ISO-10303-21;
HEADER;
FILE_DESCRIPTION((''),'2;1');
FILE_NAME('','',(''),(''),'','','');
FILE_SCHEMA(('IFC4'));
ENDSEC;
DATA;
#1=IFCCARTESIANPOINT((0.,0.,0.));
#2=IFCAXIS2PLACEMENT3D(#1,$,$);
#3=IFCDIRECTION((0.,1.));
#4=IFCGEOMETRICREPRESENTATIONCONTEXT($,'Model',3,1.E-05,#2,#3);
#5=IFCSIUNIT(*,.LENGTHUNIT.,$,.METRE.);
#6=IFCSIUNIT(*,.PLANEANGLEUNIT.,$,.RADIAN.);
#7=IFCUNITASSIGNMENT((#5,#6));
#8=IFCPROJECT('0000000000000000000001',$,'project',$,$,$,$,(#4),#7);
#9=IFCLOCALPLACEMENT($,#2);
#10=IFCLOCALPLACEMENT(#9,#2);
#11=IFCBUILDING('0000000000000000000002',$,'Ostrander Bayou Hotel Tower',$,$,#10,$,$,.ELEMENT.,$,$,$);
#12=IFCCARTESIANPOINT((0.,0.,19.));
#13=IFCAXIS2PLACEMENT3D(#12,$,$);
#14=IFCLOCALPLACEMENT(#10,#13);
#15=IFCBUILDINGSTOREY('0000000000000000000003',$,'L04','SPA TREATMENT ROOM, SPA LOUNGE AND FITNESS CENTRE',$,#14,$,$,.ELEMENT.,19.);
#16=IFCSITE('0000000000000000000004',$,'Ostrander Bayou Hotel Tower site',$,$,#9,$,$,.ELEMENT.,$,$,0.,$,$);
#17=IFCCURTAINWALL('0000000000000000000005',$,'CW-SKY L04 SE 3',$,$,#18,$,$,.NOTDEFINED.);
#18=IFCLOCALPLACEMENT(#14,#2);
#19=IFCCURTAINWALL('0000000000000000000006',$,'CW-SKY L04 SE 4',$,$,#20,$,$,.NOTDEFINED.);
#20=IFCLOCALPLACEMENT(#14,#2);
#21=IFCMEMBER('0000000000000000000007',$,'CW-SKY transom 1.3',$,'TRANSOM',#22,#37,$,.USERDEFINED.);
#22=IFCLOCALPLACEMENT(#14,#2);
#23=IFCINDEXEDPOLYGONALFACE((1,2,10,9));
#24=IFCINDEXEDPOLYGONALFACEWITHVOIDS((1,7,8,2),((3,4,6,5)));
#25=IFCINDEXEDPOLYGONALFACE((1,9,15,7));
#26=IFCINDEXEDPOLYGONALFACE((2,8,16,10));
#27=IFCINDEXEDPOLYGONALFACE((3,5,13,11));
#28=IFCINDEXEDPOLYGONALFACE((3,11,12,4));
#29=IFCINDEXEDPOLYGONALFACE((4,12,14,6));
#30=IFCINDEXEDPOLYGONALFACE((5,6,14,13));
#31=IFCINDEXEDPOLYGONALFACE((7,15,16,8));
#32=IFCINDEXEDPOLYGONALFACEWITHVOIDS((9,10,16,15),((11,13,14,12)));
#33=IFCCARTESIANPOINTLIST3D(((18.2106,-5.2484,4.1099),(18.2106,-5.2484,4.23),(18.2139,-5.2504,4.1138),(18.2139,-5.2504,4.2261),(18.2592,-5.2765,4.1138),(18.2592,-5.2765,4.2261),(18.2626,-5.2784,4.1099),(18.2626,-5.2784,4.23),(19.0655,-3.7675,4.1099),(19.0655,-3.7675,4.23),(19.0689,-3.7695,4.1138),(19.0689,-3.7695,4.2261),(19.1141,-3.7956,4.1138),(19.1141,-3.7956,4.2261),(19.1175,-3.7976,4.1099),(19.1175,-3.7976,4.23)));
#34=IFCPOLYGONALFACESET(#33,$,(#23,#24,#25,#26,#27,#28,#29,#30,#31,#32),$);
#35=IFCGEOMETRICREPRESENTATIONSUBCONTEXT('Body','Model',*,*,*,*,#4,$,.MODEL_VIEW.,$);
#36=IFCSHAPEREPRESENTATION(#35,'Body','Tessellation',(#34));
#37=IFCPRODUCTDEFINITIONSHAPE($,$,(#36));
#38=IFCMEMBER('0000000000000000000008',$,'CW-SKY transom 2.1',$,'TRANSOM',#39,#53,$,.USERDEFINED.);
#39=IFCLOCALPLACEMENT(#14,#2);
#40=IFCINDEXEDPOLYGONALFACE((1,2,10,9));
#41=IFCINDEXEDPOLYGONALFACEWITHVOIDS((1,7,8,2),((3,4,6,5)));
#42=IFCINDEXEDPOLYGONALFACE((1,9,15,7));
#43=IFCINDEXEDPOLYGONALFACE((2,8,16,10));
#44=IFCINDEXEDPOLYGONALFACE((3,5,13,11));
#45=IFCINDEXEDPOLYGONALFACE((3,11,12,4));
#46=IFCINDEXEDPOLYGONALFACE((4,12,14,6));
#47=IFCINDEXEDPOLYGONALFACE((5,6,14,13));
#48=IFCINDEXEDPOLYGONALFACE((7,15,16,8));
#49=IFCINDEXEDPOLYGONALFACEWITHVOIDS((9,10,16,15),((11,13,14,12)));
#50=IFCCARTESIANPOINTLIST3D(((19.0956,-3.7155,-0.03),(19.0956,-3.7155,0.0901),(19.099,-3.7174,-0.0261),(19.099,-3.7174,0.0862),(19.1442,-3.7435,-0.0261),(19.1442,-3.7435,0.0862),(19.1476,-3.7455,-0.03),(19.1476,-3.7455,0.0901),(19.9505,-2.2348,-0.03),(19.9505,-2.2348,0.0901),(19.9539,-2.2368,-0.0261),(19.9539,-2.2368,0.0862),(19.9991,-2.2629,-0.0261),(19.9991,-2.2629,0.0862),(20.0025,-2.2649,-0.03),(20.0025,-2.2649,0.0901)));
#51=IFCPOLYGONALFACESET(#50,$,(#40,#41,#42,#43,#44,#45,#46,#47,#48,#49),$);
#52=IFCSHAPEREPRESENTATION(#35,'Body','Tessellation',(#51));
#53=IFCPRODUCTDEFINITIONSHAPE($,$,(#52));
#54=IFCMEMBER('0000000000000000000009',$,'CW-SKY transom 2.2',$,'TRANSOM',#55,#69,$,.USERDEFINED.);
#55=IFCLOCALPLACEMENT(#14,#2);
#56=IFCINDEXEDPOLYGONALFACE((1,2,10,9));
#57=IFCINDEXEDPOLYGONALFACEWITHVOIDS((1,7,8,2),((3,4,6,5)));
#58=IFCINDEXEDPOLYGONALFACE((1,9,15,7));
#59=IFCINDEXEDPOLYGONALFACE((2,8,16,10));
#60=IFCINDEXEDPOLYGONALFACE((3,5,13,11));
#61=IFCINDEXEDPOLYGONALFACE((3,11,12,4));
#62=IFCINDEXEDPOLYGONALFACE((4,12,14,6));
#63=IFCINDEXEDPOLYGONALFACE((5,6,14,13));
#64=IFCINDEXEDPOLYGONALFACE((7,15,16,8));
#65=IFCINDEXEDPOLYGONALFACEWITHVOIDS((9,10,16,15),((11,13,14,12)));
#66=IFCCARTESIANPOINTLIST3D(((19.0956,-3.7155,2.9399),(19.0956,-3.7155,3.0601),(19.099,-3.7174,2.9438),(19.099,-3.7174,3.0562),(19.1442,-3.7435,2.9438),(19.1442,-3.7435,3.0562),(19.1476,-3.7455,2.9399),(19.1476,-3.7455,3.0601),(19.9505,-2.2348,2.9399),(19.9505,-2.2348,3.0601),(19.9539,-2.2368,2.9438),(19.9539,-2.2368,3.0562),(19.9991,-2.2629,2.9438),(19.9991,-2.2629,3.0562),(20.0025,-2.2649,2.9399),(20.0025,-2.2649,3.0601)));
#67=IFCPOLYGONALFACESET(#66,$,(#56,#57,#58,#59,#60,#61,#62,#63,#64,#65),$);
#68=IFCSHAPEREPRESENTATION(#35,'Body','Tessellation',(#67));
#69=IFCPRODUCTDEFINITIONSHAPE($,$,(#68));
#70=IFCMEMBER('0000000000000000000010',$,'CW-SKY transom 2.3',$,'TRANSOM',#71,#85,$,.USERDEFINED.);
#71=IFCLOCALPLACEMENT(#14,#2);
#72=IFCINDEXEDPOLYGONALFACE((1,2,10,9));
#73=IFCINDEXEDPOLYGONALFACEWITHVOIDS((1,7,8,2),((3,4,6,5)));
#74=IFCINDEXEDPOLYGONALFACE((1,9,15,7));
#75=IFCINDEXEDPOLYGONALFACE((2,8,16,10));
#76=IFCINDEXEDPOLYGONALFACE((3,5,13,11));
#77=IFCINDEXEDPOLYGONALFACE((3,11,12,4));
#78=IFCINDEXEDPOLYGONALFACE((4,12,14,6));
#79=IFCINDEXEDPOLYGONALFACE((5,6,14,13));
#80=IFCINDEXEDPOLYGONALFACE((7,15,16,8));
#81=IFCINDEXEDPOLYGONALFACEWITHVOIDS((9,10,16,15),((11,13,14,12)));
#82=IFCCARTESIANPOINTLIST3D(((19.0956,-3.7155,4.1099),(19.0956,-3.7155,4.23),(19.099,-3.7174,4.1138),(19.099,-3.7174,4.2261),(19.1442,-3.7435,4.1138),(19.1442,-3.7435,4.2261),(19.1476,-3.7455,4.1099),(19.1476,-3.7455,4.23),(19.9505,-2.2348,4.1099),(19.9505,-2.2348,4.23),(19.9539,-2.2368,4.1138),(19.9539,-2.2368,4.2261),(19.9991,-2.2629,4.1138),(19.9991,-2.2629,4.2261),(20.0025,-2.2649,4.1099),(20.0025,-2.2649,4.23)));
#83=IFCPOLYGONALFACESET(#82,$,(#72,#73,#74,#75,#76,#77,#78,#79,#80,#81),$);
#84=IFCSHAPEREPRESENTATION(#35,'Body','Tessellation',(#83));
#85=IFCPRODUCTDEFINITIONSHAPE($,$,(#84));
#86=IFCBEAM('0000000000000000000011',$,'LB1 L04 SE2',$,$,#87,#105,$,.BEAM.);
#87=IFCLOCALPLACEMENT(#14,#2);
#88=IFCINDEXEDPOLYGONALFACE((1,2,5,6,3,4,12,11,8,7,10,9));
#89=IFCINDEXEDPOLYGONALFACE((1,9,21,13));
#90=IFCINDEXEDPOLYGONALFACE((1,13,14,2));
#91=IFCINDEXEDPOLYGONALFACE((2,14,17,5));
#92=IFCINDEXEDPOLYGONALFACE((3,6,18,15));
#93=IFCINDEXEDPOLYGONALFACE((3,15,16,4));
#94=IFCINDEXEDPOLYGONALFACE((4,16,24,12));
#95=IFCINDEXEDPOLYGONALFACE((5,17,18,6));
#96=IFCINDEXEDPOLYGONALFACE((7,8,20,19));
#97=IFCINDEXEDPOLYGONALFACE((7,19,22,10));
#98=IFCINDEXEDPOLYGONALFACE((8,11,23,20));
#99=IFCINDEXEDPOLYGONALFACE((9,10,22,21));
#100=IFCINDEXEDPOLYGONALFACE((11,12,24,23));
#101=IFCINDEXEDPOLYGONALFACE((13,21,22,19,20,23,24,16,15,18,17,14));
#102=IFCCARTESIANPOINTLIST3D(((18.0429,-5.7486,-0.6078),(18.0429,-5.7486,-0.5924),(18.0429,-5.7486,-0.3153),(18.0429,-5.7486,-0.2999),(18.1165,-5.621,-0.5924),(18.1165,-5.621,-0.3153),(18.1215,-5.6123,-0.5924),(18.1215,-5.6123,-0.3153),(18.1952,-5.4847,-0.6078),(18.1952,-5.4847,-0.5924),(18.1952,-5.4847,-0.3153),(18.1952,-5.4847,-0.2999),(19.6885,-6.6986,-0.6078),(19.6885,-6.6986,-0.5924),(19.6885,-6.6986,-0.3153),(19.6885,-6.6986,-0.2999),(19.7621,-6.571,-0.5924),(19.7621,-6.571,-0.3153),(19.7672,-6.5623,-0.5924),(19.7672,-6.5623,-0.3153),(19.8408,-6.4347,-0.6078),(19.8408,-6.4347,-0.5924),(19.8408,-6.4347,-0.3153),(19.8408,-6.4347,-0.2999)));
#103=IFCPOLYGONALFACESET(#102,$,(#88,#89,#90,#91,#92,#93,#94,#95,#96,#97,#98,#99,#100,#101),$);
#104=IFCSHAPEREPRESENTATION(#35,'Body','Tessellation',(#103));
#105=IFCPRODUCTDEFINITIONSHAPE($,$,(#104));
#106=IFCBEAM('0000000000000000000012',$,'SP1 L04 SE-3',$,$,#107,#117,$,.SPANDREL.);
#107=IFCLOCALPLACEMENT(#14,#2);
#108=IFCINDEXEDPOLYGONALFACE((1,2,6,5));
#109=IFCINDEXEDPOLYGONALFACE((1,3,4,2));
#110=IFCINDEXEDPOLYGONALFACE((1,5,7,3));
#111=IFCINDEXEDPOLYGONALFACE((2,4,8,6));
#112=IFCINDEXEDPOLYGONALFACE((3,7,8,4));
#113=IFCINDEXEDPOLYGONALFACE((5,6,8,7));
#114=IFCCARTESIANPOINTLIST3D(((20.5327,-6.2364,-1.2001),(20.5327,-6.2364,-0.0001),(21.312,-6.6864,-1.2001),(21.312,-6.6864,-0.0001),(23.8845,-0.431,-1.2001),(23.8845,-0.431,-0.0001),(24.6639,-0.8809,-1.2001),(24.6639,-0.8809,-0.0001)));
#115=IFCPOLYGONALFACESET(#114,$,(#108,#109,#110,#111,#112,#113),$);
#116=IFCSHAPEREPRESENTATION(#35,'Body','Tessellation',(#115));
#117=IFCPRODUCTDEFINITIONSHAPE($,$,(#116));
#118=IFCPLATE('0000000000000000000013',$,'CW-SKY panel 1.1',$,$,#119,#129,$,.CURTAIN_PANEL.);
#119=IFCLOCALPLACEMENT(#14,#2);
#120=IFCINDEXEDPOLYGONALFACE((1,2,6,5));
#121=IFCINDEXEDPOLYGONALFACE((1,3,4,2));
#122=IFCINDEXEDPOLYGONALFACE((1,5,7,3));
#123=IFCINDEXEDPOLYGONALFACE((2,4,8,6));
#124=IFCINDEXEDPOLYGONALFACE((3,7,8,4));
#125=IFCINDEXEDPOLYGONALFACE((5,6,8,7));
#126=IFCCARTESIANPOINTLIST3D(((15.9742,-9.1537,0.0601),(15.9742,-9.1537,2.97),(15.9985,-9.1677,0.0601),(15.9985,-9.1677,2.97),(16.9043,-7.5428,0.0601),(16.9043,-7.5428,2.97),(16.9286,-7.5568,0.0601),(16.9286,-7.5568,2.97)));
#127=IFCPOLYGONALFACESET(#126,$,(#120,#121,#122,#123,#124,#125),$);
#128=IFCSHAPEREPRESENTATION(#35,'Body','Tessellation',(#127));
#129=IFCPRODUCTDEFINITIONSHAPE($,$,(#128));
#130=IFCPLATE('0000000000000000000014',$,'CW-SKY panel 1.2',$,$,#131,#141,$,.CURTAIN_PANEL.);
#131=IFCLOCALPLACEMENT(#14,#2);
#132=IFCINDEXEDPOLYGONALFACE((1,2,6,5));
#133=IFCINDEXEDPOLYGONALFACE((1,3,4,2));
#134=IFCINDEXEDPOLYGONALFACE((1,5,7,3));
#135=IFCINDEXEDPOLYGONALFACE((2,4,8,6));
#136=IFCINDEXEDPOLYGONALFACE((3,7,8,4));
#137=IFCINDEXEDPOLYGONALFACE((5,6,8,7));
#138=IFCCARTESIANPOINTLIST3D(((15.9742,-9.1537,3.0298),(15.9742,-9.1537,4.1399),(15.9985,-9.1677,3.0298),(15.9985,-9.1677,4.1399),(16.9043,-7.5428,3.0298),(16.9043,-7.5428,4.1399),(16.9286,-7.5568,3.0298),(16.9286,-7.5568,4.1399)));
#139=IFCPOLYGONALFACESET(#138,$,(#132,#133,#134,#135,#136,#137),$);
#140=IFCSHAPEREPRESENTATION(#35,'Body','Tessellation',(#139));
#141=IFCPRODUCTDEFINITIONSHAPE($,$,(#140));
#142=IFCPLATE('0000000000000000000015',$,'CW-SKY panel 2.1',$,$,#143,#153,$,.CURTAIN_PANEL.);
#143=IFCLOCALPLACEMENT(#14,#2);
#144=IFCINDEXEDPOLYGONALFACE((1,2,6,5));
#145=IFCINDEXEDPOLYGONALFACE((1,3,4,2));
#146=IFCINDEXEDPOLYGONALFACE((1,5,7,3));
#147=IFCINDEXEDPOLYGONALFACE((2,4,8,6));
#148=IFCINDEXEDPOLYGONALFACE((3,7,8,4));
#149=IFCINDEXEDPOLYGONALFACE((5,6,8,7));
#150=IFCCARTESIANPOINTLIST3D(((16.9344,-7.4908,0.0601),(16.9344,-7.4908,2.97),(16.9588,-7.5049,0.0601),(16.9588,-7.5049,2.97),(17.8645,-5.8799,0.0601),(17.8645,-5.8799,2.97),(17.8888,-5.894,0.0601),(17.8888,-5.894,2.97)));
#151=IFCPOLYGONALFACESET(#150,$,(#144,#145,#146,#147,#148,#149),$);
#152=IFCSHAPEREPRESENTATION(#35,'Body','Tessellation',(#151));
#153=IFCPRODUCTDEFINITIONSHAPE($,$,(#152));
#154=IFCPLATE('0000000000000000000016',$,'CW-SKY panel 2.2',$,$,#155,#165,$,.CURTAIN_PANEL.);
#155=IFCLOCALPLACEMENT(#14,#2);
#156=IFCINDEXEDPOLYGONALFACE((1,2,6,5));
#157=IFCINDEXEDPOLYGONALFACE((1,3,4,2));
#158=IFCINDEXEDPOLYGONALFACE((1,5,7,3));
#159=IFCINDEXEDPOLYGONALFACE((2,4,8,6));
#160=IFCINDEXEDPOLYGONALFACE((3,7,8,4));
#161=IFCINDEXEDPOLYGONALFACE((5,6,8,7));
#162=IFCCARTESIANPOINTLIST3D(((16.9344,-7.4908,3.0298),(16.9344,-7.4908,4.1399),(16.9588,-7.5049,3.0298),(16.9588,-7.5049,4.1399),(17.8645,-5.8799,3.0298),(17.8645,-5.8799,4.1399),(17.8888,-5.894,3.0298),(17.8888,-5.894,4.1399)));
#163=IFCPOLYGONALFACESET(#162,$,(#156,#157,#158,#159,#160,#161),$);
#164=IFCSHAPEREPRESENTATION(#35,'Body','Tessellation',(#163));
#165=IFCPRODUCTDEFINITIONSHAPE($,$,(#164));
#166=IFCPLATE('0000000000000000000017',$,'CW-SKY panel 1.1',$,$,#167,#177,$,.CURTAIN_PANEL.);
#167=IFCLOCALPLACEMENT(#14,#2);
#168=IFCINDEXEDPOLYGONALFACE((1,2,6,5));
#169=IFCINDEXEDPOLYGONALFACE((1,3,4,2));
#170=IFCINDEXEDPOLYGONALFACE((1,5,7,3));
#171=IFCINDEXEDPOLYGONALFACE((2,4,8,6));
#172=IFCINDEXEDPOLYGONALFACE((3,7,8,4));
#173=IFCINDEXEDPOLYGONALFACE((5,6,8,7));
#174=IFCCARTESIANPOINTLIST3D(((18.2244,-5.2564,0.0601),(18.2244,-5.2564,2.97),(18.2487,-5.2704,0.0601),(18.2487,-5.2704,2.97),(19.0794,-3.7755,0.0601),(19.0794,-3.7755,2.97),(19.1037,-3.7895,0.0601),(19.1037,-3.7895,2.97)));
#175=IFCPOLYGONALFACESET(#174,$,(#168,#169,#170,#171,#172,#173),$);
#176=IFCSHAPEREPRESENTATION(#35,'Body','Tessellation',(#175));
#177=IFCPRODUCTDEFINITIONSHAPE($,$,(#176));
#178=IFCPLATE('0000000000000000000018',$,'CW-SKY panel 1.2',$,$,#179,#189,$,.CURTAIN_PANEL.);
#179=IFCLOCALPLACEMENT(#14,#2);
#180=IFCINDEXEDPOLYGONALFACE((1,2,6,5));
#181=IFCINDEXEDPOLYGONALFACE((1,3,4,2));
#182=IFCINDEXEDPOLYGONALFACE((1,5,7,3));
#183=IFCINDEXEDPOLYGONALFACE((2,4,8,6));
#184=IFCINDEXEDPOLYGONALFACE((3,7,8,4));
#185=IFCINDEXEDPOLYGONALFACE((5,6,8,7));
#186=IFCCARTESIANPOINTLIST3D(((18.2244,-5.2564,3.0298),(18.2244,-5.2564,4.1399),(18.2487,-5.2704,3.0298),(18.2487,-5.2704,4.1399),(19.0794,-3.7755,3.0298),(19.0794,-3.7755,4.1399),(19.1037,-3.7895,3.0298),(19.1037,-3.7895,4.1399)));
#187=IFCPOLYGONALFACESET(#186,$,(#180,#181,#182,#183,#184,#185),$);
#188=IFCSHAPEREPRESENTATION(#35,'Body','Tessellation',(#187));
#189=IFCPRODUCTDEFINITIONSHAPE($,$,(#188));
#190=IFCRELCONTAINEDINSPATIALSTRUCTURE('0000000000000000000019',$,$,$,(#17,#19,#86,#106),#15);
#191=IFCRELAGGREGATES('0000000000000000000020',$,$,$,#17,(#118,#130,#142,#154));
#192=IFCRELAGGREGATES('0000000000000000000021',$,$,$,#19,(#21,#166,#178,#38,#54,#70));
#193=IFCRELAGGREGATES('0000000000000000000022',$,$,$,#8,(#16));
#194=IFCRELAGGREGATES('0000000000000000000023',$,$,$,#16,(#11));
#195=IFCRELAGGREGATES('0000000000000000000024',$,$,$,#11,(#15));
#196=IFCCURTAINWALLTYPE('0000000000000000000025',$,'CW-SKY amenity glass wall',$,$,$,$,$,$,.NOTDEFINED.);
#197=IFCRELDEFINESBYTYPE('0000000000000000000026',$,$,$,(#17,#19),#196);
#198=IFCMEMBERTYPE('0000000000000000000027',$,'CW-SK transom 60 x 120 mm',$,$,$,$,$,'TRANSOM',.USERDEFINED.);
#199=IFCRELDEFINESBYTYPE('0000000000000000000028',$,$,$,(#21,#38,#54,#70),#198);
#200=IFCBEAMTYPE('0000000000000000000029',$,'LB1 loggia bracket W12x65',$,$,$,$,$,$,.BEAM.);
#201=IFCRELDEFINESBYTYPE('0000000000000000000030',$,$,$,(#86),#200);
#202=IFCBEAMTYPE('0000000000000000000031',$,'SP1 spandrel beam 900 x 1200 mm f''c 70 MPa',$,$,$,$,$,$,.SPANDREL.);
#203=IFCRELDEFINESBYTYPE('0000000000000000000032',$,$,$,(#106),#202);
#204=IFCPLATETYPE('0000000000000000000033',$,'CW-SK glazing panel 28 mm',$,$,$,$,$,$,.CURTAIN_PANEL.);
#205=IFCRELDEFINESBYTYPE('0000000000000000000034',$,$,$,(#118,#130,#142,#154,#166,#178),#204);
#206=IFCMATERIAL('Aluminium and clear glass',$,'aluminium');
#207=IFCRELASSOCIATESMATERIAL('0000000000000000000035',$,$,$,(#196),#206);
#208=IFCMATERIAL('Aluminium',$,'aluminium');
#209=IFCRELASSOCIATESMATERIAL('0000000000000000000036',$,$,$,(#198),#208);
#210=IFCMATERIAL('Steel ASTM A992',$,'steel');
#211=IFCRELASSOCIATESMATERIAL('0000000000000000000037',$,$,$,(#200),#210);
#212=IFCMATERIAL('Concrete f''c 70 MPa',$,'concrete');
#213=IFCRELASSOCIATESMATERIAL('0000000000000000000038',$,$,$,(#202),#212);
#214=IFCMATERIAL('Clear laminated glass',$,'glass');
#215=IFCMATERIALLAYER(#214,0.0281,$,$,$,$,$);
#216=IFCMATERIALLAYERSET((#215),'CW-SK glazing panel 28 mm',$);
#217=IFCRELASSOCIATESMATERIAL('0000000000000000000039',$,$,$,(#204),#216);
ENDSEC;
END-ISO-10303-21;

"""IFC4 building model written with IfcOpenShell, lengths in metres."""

from ifc_helpers import new_model, si_unit, direction, frame, origin, origin_2d, place, context, subcontext, project, spatial, rectangle, hollow_rectangle, i_section, extrude, material, layer, layer_set, material_profile, profile_set, type_object, element, aggregate, save


model = new_model("IFC4")

# Units and contexts
model_context = context("Model", 3, precision=1e-05, world=origin(), true_north=direction((0.0, 1.0)))
body_context = subcontext(model_context, "Body", "Model", "MODEL_VIEW")
ifc_project = project(units=[si_unit("LENGTHUNIT", "METRE"), si_unit("PLANEANGLEUNIT", "RADIAN")], contexts=[model_context])

# Site, building, storey
site_placement = place(None, origin())
site = spatial("IfcSite", under=ifc_project, at=site_placement, Name="Ostrander Bayou Hotel Tower site", CompositionType="ELEMENT", RefElevation=0.0)
building_placement = place(site_placement, origin())
building = spatial("IfcBuilding", under=site, at=building_placement, Name="Ostrander Bayou Hotel Tower", CompositionType="ELEMENT")
storey_placement = place(building_placement, frame((0.0, 0.0, 19.0)))
storey = spatial("IfcBuildingStorey", under=building, at=storey_placement, Name="L04", Description="SPA TREATMENT ROOM, SPA LOUNGE AND FITNESS CENTRE", CompositionType="ELEMENT", Elevation=19.0)

# Curtain walls
ifc_material_1 = material(Name="Aluminium and clear glass", Category="aluminium")
curtain_wall_type = type_object("IfcCurtainWallType", Name="CW-SKY amenity glass wall", PredefinedType="NOTDEFINED", material=ifc_material_1)
curtain_wall_1_placement = place(storey_placement, origin())
curtain_wall_1 = element("IfcCurtainWall", 1, at=curtain_wall_1_placement, inside=storey, type_object=curtain_wall_type, Name="CW-SKY L04 SE 3", PredefinedType="NOTDEFINED")
curtain_wall_2_placement = place(storey_placement, origin())
curtain_wall_2 = element("IfcCurtainWall", 2, at=curtain_wall_2_placement, inside=storey, type_object=curtain_wall_type, Name="CW-SKY L04 SE 4", PredefinedType="NOTDEFINED")

# Members
ifc_material_2 = material(Name="Aluminium", Category="aluminium")
ifc_material_profile_1 = material_profile(ifc_material_2, hollow_rectangle(XDim=0.0601, YDim=0.1201, WallThickness=0.0039, at=origin_2d()))
ifc_profile_set_1 = profile_set([ifc_material_profile_1], Name="Aluminium")
member_type_1 = type_object("IfcMemberType", Name="CW-SK transom 60 x 120 mm", ElementType="TRANSOM", PredefinedType="USERDEFINED", material=ifc_profile_set_1)
member_1_placement = place(storey_placement, frame((18.2366, -5.2634, 4.1699), z_axis=(0.499978, 0.866038, 0.0), x_axis=(-0.866038, 0.499978, 0.0)))
member_1 = element("IfcMember", 3, at=member_1_placement, type_object=member_type_1, Name="CW-SKY transom 1.3", ObjectType="TRANSOM", PredefinedType="USERDEFINED", context=body_context, shape_type="SweptSolid", body=[
    extrude(hollow_rectangle(XDim=0.0601, YDim=0.1201, WallThickness=0.0039, at=origin_2d()), origin(), (0.0, 0.0, 1.0), 1.71),
])
member_2_placement = place(storey_placement, frame((19.1216, -3.7305, 0.03), z_axis=(0.50004, 0.866002, 0.0), x_axis=(-0.866002, 0.50004, 0.0)))
member_2 = element("IfcMember", 4, at=member_2_placement, type_object=member_type_1, Name="CW-SKY transom 2.1", ObjectType="TRANSOM", PredefinedType="USERDEFINED", context=body_context, shape_type="SweptSolid", body=[
    extrude(hollow_rectangle(XDim=0.0601, YDim=0.1201, WallThickness=0.0039, at=origin_2d()), origin(), (0.0, 0.0, 1.0), 1.7097),
])
member_3_placement = place(storey_placement, frame((19.1216, -3.7305, 3.0), z_axis=(0.50004, 0.866002, 0.0), x_axis=(-0.866002, 0.50004, 0.0)))
member_3 = element("IfcMember", 5, at=member_3_placement, type_object=member_type_1, Name="CW-SKY transom 2.2", ObjectType="TRANSOM", PredefinedType="USERDEFINED", context=body_context, shape_type="SweptSolid", body=[
    extrude(hollow_rectangle(XDim=0.0601, YDim=0.1201, WallThickness=0.0039, at=origin_2d()), origin(), (0.0, 0.0, 1.0), 1.7097),
])
member_4_placement = place(storey_placement, frame((19.1216, -3.7305, 4.1699), z_axis=(0.50004, 0.866002, 0.0), x_axis=(-0.866002, 0.50004, 0.0)))
member_4 = element("IfcMember", 6, at=member_4_placement, type_object=member_type_1, Name="CW-SKY transom 2.3", ObjectType="TRANSOM", PredefinedType="USERDEFINED", context=body_context, shape_type="SweptSolid", body=[
    extrude(hollow_rectangle(XDim=0.0601, YDim=0.1201, WallThickness=0.0039, at=origin_2d()), origin(), (0.0, 0.0, 1.0), 1.7097),
])

# Beams
ifc_material_3 = material(Name="Steel ASTM A992", Category="steel")
ifc_material_profile_2 = material_profile(ifc_material_3, i_section(OverallWidth=0.3047, OverallDepth=0.3079, WebThickness=0.01, FlangeThickness=0.0154, at=origin_2d()))
ifc_profile_set_2 = profile_set([ifc_material_profile_2], Name="Steel ASTM A992")
beam_type_1 = type_object("IfcBeamType", Name="LB1 loggia bracket W12x65", PredefinedType="BEAM", material=ifc_profile_set_2)
beam_1_placement = place(storey_placement, frame((19.7646, -6.5667, -0.4539), z_axis=(-0.866044, 0.499967, 0.0), x_axis=(-0.499967, -0.866044, 0.0)))
element("IfcBeam", 7, at=beam_1_placement, inside=storey, type_object=beam_type_1, Name="LB1 L04 SE2", PredefinedType="BEAM", context=body_context, shape_type="SweptSolid", body=[
    extrude(i_section(OverallWidth=0.3047, OverallDepth=0.3079, WebThickness=0.01, FlangeThickness=0.0154, at=origin_2d()), origin(), (0.0, 0.0, 1.0), 1.9001),
])
ifc_material_4 = material(Name="Concrete f'c 70 MPa", Category="concrete")
ifc_material_profile_3 = material_profile(ifc_material_4, rectangle(XDim=0.8999, YDim=1.2, at=origin_2d()))
ifc_profile_set_3 = profile_set([ifc_material_profile_3], Name="Concrete f'c 70 MPa")
beam_type_2 = type_object("IfcBeamType", Name="SP1 spandrel beam 900 x 1200 mm f'c 70 MPa", PredefinedType="SPANDREL", material=ifc_profile_set_3)
beam_2_placement = place(storey_placement, frame((20.9224, -6.4614, -0.6001), z_axis=(0.500005, 0.866022, 0.0), x_axis=(-0.866022, 0.500005, 0.0)))
element("IfcBeam", 8, at=beam_2_placement, inside=storey, type_object=beam_type_2, Name="SP1 L04 SE-3", PredefinedType="SPANDREL", context=body_context, shape_type="SweptSolid", body=[
    extrude(rectangle(XDim=0.8999, YDim=1.2, at=origin_2d()), origin(), (0.0, 0.0, 1.0), 6.7036),
])

# Plates
ifc_material_5 = material(Name="Clear laminated glass", Category="glass")
ifc_layer_1 = layer(ifc_material_5, 0.0281)
ifc_layer_set_1 = layer_set([ifc_layer_1], Name="CW-SK glazing panel 28 mm")
plate_type = type_object("IfcPlateType", Name="CW-SK glazing panel 28 mm", PredefinedType="CURTAIN_PANEL", material=ifc_layer_set_1)
plate_1_placement = place(storey_placement, frame((16.4514, -8.3552, 0.0601), z_axis=(0.0, 0.0, 1.0), x_axis=(0.5, 0.866025, 0.0)))
plate_1 = element("IfcPlate", 9, at=plate_1_placement, type_object=plate_type, Name="CW-SKY panel 1.1", PredefinedType="CURTAIN_PANEL", context=body_context, shape_type="SweptSolid", body=[
    extrude(rectangle(XDim=1.8601, YDim=0.0281, at=origin_2d()), origin(), (0.0, 0.0, 1.0), 2.9099),
])
plate_2_placement = place(storey_placement, frame((16.4514, -8.3552, 3.0298), z_axis=(0.0, 0.0, 1.0), x_axis=(0.5, 0.866025, 0.0)))
plate_2 = element("IfcPlate", 10, at=plate_2_placement, type_object=plate_type, Name="CW-SKY panel 1.2", PredefinedType="CURTAIN_PANEL", context=body_context, shape_type="SweptSolid", body=[
    extrude(rectangle(XDim=1.8601, YDim=0.0281, at=origin_2d()), origin(), (0.0, 0.0, 1.0), 1.1101),
])
plate_3_placement = place(storey_placement, frame((17.4116, -6.6924, 0.0601), z_axis=(0.0, 0.0, 1.0), x_axis=(0.5, 0.866025, 0.0)))
plate_3 = element("IfcPlate", 11, at=plate_3_placement, type_object=plate_type, Name="CW-SKY panel 2.1", PredefinedType="CURTAIN_PANEL", context=body_context, shape_type="SweptSolid", body=[
    extrude(rectangle(XDim=1.8601, YDim=0.0281, at=origin_2d()), origin(), (0.0, 0.0, 1.0), 2.9099),
])
plate_4_placement = place(storey_placement, frame((17.4116, -6.6924, 3.0298), z_axis=(0.0, 0.0, 1.0), x_axis=(0.5, 0.866025, 0.0)))
plate_4 = element("IfcPlate", 12, at=plate_4_placement, type_object=plate_type, Name="CW-SKY panel 2.2", PredefinedType="CURTAIN_PANEL", context=body_context, shape_type="SweptSolid", body=[
    extrude(rectangle(XDim=1.8601, YDim=0.0281, at=origin_2d()), origin(), (0.0, 0.0, 1.0), 1.1101),
])
aggregate(curtain_wall_1, [plate_1, plate_2, plate_3, plate_4])
plate_5_placement = place(storey_placement, frame((18.6641, -4.5229, 0.0601), z_axis=(0.0, 0.0, 1.0), x_axis=(0.499999, 0.866026, 0.0)))
plate_5 = element("IfcPlate", 13, at=plate_5_placement, type_object=plate_type, Name="CW-SKY panel 1.1", PredefinedType="CURTAIN_PANEL", context=body_context, shape_type="SweptSolid", body=[
    extrude(rectangle(XDim=1.71, YDim=0.0281, at=origin_2d()), origin(), (0.0, 0.0, 1.0), 2.9099),
])
plate_6_placement = place(storey_placement, frame((18.6641, -4.5229, 3.0298), z_axis=(0.0, 0.0, 1.0), x_axis=(0.499999, 0.866026, 0.0)))
plate_6 = element("IfcPlate", 14, at=plate_6_placement, type_object=plate_type, Name="CW-SKY panel 1.2", PredefinedType="CURTAIN_PANEL", context=body_context, shape_type="SweptSolid", body=[
    extrude(rectangle(XDim=1.71, YDim=0.0281, at=origin_2d()), origin(), (0.0, 0.0, 1.0), 1.1101),
])
aggregate(curtain_wall_2, [member_1, plate_5, plate_6, member_2, member_3, member_4])

save(model, "model.ifc")
